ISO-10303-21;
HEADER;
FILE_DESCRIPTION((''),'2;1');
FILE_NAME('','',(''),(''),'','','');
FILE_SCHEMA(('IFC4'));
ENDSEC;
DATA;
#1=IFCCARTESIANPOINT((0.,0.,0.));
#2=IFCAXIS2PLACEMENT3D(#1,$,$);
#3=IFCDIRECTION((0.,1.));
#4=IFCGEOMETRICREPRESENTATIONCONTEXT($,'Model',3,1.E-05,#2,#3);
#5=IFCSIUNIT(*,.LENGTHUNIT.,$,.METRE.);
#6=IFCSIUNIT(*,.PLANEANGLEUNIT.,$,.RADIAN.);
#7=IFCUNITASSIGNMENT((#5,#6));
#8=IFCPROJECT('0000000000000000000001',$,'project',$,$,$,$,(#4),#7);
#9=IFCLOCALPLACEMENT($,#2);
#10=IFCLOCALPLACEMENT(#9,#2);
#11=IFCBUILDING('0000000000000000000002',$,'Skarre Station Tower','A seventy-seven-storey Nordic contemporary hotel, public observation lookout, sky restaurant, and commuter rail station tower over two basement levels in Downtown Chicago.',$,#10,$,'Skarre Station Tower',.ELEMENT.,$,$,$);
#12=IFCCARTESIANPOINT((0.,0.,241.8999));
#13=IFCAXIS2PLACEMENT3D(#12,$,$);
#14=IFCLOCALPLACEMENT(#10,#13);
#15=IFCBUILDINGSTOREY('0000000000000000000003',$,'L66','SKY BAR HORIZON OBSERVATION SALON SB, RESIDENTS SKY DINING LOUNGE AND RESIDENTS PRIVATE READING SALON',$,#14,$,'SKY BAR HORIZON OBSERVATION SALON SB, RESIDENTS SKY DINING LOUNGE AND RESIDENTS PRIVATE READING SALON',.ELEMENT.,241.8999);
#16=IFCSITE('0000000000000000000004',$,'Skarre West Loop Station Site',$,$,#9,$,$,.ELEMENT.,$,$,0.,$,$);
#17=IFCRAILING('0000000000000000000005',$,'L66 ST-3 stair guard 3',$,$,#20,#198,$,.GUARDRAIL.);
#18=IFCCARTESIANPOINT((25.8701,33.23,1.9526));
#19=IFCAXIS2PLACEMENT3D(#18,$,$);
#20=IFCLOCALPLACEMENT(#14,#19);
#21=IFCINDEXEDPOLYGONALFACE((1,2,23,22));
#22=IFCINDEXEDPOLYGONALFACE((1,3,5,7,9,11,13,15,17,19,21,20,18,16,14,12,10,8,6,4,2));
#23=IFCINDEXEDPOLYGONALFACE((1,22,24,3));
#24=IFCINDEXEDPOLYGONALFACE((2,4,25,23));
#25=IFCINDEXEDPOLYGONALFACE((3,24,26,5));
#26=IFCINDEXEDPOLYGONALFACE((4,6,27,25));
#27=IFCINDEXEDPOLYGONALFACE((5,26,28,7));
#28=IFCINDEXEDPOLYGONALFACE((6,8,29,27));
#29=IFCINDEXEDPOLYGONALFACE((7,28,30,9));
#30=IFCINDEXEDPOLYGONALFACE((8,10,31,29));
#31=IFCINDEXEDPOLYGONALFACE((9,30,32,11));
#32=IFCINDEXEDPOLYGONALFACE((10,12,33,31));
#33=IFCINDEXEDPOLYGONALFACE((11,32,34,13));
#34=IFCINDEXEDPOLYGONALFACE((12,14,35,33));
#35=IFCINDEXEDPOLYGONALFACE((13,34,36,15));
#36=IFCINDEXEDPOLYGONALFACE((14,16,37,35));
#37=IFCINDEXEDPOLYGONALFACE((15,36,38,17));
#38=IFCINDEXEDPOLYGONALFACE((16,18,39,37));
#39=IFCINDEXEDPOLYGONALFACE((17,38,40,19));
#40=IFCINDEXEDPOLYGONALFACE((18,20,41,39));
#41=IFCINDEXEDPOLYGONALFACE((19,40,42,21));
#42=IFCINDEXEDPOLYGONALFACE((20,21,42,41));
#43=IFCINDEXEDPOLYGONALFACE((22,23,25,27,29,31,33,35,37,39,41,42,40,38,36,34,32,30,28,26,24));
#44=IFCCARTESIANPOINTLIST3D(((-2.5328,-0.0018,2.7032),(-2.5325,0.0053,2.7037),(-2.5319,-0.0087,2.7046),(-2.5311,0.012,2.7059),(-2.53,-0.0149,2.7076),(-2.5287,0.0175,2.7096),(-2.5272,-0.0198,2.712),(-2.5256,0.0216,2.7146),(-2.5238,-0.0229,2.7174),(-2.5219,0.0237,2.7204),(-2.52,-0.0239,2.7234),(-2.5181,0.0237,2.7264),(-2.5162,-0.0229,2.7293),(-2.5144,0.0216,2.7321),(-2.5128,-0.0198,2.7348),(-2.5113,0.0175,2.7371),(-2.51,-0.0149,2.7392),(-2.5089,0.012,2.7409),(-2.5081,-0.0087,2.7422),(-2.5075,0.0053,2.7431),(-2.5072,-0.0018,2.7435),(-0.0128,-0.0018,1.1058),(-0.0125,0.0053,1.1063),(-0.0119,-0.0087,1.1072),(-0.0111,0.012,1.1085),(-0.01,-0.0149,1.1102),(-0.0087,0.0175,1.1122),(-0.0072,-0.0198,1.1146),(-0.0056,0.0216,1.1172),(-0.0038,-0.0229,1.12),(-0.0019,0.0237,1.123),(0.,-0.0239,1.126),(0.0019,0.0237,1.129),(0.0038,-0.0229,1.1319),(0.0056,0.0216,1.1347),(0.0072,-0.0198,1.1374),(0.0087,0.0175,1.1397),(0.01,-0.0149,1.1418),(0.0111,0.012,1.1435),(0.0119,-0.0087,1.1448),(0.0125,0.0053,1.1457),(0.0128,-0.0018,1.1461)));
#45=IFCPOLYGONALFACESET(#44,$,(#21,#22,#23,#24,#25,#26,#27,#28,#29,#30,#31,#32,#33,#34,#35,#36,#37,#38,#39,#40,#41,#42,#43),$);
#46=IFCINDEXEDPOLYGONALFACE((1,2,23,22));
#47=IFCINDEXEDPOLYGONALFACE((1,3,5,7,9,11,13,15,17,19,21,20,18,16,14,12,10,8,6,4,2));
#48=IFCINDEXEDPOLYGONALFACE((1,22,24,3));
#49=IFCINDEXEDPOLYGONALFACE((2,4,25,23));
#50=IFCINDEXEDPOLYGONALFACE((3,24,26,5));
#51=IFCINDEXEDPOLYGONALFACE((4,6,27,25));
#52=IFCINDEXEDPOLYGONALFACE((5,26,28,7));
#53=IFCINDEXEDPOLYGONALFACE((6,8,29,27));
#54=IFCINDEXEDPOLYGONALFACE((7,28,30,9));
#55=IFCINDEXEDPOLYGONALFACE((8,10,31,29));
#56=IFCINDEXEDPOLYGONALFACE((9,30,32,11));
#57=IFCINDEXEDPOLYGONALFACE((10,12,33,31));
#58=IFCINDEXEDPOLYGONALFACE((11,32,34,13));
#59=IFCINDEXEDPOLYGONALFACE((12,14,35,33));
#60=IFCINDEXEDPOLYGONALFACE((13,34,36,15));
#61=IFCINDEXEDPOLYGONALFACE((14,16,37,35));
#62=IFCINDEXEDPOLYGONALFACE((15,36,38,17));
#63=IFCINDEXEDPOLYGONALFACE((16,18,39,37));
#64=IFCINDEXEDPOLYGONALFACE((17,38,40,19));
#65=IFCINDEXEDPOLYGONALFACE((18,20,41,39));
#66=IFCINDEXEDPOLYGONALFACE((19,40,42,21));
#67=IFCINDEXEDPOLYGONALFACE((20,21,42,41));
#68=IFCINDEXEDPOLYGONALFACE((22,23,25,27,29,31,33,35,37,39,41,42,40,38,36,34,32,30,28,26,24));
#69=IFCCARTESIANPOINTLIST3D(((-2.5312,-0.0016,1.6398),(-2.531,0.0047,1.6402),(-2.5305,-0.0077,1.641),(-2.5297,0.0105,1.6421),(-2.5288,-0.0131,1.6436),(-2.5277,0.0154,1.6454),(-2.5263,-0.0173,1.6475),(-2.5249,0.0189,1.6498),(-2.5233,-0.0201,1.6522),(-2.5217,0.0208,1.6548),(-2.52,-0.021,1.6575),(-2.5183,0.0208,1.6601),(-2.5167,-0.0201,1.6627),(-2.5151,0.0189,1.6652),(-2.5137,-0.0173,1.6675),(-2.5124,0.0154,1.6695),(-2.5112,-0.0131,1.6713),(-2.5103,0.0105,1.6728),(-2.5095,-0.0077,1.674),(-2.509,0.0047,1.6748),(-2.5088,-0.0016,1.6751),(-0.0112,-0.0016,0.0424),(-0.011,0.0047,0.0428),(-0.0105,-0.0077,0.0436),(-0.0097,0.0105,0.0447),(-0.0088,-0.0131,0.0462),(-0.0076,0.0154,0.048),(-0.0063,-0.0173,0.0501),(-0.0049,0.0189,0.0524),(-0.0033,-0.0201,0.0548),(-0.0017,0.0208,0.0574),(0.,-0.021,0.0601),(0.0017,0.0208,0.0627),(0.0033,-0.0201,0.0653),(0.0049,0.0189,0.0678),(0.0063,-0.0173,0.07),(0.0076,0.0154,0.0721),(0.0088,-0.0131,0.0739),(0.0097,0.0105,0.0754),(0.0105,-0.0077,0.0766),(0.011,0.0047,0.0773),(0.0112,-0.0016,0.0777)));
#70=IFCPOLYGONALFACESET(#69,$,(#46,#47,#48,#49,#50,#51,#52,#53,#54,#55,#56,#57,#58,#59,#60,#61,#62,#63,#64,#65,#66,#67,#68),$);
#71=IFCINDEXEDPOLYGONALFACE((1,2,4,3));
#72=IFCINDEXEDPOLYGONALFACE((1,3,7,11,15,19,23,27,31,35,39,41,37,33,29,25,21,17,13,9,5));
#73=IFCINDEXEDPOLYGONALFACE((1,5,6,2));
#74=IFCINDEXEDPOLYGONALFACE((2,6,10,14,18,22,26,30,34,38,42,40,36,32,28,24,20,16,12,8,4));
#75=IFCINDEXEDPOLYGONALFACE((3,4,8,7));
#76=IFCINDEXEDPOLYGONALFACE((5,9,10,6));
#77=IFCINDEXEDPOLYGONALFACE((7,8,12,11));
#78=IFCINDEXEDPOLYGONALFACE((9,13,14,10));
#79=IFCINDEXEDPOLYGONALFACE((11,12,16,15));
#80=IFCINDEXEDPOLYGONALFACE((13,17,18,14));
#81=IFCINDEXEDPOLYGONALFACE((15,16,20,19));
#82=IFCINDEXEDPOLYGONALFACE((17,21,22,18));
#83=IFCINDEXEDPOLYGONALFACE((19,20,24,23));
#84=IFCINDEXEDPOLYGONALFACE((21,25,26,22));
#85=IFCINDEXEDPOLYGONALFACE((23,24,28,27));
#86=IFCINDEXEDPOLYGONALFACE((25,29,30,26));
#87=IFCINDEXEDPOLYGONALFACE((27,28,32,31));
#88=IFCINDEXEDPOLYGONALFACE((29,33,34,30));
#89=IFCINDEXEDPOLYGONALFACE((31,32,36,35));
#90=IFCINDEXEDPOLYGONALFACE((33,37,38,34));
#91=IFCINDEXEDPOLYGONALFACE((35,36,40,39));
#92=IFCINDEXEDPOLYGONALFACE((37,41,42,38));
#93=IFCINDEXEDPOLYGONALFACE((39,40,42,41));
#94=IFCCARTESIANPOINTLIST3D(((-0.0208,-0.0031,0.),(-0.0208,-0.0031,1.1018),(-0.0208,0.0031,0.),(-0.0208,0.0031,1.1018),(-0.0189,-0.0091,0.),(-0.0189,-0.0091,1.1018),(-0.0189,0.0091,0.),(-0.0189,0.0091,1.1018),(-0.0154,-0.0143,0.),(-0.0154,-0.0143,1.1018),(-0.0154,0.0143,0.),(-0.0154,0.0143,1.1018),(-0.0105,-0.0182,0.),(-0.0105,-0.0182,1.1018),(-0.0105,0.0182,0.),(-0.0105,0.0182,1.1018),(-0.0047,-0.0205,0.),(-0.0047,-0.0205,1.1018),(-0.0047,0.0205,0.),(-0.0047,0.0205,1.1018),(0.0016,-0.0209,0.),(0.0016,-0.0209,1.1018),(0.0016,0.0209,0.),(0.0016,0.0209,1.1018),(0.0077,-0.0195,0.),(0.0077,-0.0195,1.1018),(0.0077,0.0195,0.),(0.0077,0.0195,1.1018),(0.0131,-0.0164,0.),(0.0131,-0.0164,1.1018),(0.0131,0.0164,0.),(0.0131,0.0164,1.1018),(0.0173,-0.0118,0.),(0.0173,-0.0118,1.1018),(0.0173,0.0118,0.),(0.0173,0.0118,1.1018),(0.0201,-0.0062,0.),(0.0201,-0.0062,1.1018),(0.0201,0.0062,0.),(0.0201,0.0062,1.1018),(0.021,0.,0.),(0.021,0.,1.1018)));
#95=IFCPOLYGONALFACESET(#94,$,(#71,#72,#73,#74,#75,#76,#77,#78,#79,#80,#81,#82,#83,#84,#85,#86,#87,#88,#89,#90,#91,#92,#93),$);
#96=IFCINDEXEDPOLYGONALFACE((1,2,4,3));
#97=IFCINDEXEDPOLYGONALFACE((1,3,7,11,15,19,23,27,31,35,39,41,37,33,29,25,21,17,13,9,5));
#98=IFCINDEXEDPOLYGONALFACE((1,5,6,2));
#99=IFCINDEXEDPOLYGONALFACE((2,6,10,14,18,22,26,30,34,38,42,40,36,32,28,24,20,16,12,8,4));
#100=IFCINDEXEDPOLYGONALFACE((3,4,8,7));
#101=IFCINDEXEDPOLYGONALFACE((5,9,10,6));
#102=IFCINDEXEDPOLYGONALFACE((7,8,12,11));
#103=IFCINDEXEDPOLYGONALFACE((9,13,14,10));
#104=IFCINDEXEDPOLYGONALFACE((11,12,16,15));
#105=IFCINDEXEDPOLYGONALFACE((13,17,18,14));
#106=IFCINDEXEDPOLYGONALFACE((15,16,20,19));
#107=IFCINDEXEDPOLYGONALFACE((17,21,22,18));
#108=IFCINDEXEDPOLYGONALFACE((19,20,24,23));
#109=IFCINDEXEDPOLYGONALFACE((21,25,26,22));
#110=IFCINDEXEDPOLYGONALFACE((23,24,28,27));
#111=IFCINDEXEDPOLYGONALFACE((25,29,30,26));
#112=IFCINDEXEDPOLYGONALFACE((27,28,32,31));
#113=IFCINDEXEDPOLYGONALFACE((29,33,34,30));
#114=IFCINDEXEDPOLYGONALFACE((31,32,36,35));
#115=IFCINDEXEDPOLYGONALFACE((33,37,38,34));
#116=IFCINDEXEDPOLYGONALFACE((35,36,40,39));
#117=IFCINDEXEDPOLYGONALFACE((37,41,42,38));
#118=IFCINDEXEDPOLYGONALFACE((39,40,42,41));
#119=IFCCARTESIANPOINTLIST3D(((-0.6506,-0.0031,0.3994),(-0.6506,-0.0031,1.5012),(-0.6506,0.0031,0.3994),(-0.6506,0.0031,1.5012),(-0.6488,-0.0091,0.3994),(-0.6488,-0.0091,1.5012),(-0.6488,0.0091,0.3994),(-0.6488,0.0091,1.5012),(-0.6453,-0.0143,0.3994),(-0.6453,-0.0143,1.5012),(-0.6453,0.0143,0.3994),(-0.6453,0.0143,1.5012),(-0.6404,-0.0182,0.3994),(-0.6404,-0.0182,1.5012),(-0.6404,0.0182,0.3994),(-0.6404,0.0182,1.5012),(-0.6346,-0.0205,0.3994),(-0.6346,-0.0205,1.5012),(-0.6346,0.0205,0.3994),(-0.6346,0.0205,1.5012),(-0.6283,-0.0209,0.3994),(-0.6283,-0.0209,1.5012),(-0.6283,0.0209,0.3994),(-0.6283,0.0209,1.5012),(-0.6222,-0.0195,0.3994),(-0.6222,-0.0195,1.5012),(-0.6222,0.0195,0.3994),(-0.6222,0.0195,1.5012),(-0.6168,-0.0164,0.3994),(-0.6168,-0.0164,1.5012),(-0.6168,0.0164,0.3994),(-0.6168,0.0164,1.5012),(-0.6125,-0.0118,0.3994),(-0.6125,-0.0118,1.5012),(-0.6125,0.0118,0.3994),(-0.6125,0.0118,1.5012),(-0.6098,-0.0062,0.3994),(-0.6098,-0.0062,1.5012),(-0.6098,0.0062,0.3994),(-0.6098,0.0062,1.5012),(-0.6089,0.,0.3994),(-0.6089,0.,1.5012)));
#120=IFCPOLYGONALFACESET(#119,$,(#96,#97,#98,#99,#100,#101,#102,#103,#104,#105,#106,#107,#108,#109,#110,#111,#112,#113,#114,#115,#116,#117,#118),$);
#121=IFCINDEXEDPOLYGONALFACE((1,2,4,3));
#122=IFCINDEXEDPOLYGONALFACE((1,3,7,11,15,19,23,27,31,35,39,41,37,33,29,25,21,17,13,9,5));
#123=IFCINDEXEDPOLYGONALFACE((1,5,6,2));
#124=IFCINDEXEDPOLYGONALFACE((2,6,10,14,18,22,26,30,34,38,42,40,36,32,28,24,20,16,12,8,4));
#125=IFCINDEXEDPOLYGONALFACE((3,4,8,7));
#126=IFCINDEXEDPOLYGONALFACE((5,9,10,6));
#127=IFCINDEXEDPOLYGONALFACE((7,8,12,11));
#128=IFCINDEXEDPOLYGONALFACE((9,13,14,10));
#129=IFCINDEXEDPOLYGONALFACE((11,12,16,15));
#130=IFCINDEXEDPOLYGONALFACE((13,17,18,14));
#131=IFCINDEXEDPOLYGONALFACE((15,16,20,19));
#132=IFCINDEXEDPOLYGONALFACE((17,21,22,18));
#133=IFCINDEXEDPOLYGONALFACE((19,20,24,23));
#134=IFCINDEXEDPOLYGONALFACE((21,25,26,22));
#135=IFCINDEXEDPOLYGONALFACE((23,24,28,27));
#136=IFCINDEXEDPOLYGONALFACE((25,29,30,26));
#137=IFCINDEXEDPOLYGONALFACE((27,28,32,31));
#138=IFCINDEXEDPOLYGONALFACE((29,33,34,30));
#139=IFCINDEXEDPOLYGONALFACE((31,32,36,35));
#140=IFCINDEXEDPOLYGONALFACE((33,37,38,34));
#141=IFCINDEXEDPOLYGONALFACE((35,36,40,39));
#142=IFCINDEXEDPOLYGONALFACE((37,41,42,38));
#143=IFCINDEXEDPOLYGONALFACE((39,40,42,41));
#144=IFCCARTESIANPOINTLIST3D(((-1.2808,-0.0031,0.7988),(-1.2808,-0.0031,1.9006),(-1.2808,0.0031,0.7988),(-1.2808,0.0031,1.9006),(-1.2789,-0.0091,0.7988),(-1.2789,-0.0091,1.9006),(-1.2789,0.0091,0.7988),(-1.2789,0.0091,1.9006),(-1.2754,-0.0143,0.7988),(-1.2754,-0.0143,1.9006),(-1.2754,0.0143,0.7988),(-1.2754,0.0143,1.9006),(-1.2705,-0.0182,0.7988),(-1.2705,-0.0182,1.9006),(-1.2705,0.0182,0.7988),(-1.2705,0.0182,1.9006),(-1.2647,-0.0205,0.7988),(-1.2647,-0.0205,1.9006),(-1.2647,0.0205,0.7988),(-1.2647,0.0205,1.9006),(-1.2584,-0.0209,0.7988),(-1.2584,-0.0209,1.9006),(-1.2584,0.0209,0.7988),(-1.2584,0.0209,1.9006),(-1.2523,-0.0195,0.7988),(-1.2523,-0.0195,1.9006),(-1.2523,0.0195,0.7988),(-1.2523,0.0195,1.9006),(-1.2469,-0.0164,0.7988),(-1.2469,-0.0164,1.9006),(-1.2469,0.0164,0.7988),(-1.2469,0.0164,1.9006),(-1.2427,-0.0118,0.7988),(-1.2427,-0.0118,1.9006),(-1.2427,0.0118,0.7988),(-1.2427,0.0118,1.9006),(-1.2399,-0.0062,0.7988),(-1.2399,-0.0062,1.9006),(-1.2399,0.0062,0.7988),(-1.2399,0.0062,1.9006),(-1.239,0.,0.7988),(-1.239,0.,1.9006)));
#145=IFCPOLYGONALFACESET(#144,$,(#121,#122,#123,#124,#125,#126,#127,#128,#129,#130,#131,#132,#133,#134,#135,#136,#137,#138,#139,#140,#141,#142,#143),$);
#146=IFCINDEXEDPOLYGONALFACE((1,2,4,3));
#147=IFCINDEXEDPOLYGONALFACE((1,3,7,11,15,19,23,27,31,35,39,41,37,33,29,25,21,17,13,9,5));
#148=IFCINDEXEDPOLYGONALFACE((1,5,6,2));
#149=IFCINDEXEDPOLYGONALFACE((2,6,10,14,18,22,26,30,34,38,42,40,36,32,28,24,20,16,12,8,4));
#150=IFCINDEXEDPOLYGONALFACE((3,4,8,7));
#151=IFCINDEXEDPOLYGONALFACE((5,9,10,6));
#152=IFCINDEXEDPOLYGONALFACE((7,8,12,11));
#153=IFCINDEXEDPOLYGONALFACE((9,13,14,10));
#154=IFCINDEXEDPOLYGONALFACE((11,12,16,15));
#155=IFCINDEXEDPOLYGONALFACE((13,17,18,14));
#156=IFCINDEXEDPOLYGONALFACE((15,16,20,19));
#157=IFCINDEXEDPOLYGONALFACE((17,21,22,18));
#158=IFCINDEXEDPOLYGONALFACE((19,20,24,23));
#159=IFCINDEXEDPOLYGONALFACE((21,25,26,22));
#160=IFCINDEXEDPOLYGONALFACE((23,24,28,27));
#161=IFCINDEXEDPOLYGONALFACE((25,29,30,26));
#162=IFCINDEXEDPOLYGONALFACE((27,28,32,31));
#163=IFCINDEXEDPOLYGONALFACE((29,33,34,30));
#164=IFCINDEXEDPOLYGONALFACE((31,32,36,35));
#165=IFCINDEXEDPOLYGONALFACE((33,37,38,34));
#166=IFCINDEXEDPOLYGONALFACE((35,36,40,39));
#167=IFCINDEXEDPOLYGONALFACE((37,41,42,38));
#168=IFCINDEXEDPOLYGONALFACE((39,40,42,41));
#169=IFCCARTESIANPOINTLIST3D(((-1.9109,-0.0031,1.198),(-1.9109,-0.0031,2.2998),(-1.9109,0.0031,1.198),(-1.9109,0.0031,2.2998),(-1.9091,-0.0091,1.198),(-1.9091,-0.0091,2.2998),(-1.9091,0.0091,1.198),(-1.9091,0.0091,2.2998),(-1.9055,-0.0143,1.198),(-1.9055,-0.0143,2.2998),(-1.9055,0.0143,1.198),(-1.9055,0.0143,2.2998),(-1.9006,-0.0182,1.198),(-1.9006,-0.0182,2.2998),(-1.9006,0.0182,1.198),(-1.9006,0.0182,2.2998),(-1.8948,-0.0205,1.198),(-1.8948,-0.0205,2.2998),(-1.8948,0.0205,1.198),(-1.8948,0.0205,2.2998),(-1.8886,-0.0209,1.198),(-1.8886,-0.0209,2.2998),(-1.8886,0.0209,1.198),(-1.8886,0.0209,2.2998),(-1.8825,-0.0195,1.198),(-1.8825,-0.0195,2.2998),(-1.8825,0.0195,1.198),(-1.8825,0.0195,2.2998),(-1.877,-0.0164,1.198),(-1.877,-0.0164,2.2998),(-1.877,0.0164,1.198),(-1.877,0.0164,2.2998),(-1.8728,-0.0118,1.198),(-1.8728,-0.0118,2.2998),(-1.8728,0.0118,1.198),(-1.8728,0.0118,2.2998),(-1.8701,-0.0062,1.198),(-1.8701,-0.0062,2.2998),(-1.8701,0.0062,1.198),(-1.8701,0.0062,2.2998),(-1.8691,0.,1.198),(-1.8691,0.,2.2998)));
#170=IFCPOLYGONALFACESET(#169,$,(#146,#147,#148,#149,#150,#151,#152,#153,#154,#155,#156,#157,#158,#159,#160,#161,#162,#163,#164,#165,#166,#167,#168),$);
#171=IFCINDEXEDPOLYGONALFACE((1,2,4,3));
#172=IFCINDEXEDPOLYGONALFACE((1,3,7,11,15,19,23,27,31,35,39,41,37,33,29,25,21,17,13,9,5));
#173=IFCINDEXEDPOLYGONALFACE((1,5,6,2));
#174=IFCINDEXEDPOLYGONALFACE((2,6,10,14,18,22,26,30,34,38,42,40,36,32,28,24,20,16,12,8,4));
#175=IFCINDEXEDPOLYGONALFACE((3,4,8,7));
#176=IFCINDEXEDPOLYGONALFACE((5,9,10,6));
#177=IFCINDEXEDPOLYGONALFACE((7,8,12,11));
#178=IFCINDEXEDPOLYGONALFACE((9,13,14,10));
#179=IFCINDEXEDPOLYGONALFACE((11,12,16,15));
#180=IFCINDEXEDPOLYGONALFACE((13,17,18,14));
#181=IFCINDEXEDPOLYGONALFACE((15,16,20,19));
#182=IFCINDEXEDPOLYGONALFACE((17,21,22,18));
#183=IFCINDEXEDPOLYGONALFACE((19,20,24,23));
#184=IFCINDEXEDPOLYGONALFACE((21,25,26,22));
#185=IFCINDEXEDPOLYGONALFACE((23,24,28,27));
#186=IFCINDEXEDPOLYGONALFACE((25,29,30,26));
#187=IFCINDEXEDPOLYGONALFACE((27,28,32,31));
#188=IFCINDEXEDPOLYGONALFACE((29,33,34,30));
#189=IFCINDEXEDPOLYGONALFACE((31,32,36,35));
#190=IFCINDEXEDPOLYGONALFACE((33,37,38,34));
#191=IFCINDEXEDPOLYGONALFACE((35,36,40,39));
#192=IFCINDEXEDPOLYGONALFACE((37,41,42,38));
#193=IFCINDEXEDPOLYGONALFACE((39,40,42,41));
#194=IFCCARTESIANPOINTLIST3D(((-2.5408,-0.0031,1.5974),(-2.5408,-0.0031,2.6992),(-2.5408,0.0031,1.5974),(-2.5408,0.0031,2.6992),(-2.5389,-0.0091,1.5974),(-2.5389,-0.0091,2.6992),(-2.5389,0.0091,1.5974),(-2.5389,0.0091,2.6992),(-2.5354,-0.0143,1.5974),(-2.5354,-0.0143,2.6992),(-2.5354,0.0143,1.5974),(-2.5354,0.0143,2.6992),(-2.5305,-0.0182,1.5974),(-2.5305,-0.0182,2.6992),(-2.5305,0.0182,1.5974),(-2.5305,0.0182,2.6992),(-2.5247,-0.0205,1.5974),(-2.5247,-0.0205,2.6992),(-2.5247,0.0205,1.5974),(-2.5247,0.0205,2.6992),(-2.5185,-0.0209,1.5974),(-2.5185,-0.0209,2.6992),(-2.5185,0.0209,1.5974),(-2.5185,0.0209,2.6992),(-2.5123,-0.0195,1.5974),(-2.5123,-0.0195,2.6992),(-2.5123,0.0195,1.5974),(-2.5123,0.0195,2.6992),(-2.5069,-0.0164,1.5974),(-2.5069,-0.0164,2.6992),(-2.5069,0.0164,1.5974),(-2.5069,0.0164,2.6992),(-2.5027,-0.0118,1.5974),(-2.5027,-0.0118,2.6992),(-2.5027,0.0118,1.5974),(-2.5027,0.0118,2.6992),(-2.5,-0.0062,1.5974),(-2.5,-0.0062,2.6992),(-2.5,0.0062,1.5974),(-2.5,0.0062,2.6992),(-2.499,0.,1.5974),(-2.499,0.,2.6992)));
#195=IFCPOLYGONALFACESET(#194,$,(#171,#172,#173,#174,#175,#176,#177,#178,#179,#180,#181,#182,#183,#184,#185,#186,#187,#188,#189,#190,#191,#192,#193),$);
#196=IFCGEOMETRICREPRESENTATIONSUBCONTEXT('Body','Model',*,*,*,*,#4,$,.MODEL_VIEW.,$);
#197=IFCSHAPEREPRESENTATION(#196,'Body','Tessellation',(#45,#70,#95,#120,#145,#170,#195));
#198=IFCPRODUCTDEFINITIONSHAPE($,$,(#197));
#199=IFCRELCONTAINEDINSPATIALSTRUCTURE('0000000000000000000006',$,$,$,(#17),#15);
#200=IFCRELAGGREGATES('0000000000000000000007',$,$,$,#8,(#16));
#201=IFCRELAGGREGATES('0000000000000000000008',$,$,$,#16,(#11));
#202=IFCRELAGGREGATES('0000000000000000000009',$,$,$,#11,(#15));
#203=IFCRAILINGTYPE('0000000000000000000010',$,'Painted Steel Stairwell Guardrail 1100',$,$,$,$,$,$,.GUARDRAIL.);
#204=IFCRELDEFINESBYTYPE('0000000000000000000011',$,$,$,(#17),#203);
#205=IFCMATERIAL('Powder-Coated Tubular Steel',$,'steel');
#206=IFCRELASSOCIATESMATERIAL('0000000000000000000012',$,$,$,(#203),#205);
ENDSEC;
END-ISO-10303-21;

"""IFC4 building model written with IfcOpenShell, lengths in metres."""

from ifc_helpers import new_model, si_unit, direction, frame, origin, origin_2d, place, context, subcontext, project, spatial, circle, extrude, material, type_object, element, save


model = new_model("IFC4")

# Units and contexts
model_context = context("Model", 3, precision=1e-05, world=origin(), true_north=direction((0.0, 1.0)))
body_context = subcontext(model_context, "Body", "Model", "MODEL_VIEW")
ifc_project = project(units=[si_unit("LENGTHUNIT", "METRE"), si_unit("PLANEANGLEUNIT", "RADIAN")], contexts=[model_context])

# Site, building, storey
site_placement = place(None, origin())
site = spatial("IfcSite", under=ifc_project, at=site_placement, Name="Skarre West Loop Station Site", CompositionType="ELEMENT", RefElevation=0.0)
building_placement = place(site_placement, origin())
building = spatial("IfcBuilding", under=site, at=building_placement, Name="Skarre Station Tower", Description="A seventy-seven-storey Nordic contemporary hotel, public observation lookout, sky restaurant, and commuter rail station tower over two basement levels in Downtown Chicago.", LongName="Skarre Station Tower", CompositionType="ELEMENT")
storey_placement = place(building_placement, frame((0.0, 0.0, 241.8999)))
storey = spatial("IfcBuildingStorey", under=building, at=storey_placement, Name="L66", Description="SKY BAR HORIZON OBSERVATION SALON SB, RESIDENTS SKY DINING LOUNGE AND RESIDENTS PRIVATE READING SALON", LongName="SKY BAR HORIZON OBSERVATION SALON SB, RESIDENTS SKY DINING LOUNGE AND RESIDENTS PRIVATE READING SALON", CompositionType="ELEMENT", Elevation=241.8999)

# Railing
ifc_material_1 = material(Name="Powder-Coated Tubular Steel", Category="steel")
railing_type_1 = type_object("IfcRailingType", Name="Painted Steel Stairwell Guardrail 1100", PredefinedType="GUARDRAIL", material=ifc_material_1)
railing_1_placement = place(storey_placement, frame((25.8701, 33.23, 1.9526)))
element("IfcRailing", 1, at=railing_1_placement, inside=storey, type_object=railing_type_1, Name="L66 ST-3 stair guard 3", PredefinedType="GUARDRAIL", context=body_context, shape_type="SweptSolid", body=[
    extrude(circle(Radius=0.0239, at=origin_2d()), frame((0.0, 0.0, 1.126), z_axis=(-0.844607, 0.0, 0.535387), x_axis=(0.0, -1.0, 0.0)), (0.0, 0.0, 1.0), 2.9836),
    extrude(circle(Radius=0.021, at=origin_2d()), frame((0.0, 0.0, 0.0601), z_axis=(-0.844607, 0.0, 0.535387), x_axis=(0.0, -1.0, 0.0)), (0.0, 0.0, 1.0), 2.9836),
    extrude(circle(Radius=0.021, at=origin_2d()), origin(), (0.0, 0.0, 1.0), 1.1018),
    extrude(circle(Radius=0.021, at=origin_2d()), frame((-0.6299, 0.0, 0.3994)), (0.0, 0.0, 1.0), 1.1018),
    extrude(circle(Radius=0.021, at=origin_2d()), frame((-1.26, 0.0, 0.7988)), (0.0, 0.0, 1.0), 1.1018),
    extrude(circle(Radius=0.021, at=origin_2d()), frame((-1.8901, 0.0, 1.198)), (0.0, 0.0, 1.0), 1.1018),
    extrude(circle(Radius=0.021, at=origin_2d()), frame((-2.52, 0.0, 1.5974)), (0.0, 0.0, 1.0), 1.1018),
])

save(model, "model.ifc")
